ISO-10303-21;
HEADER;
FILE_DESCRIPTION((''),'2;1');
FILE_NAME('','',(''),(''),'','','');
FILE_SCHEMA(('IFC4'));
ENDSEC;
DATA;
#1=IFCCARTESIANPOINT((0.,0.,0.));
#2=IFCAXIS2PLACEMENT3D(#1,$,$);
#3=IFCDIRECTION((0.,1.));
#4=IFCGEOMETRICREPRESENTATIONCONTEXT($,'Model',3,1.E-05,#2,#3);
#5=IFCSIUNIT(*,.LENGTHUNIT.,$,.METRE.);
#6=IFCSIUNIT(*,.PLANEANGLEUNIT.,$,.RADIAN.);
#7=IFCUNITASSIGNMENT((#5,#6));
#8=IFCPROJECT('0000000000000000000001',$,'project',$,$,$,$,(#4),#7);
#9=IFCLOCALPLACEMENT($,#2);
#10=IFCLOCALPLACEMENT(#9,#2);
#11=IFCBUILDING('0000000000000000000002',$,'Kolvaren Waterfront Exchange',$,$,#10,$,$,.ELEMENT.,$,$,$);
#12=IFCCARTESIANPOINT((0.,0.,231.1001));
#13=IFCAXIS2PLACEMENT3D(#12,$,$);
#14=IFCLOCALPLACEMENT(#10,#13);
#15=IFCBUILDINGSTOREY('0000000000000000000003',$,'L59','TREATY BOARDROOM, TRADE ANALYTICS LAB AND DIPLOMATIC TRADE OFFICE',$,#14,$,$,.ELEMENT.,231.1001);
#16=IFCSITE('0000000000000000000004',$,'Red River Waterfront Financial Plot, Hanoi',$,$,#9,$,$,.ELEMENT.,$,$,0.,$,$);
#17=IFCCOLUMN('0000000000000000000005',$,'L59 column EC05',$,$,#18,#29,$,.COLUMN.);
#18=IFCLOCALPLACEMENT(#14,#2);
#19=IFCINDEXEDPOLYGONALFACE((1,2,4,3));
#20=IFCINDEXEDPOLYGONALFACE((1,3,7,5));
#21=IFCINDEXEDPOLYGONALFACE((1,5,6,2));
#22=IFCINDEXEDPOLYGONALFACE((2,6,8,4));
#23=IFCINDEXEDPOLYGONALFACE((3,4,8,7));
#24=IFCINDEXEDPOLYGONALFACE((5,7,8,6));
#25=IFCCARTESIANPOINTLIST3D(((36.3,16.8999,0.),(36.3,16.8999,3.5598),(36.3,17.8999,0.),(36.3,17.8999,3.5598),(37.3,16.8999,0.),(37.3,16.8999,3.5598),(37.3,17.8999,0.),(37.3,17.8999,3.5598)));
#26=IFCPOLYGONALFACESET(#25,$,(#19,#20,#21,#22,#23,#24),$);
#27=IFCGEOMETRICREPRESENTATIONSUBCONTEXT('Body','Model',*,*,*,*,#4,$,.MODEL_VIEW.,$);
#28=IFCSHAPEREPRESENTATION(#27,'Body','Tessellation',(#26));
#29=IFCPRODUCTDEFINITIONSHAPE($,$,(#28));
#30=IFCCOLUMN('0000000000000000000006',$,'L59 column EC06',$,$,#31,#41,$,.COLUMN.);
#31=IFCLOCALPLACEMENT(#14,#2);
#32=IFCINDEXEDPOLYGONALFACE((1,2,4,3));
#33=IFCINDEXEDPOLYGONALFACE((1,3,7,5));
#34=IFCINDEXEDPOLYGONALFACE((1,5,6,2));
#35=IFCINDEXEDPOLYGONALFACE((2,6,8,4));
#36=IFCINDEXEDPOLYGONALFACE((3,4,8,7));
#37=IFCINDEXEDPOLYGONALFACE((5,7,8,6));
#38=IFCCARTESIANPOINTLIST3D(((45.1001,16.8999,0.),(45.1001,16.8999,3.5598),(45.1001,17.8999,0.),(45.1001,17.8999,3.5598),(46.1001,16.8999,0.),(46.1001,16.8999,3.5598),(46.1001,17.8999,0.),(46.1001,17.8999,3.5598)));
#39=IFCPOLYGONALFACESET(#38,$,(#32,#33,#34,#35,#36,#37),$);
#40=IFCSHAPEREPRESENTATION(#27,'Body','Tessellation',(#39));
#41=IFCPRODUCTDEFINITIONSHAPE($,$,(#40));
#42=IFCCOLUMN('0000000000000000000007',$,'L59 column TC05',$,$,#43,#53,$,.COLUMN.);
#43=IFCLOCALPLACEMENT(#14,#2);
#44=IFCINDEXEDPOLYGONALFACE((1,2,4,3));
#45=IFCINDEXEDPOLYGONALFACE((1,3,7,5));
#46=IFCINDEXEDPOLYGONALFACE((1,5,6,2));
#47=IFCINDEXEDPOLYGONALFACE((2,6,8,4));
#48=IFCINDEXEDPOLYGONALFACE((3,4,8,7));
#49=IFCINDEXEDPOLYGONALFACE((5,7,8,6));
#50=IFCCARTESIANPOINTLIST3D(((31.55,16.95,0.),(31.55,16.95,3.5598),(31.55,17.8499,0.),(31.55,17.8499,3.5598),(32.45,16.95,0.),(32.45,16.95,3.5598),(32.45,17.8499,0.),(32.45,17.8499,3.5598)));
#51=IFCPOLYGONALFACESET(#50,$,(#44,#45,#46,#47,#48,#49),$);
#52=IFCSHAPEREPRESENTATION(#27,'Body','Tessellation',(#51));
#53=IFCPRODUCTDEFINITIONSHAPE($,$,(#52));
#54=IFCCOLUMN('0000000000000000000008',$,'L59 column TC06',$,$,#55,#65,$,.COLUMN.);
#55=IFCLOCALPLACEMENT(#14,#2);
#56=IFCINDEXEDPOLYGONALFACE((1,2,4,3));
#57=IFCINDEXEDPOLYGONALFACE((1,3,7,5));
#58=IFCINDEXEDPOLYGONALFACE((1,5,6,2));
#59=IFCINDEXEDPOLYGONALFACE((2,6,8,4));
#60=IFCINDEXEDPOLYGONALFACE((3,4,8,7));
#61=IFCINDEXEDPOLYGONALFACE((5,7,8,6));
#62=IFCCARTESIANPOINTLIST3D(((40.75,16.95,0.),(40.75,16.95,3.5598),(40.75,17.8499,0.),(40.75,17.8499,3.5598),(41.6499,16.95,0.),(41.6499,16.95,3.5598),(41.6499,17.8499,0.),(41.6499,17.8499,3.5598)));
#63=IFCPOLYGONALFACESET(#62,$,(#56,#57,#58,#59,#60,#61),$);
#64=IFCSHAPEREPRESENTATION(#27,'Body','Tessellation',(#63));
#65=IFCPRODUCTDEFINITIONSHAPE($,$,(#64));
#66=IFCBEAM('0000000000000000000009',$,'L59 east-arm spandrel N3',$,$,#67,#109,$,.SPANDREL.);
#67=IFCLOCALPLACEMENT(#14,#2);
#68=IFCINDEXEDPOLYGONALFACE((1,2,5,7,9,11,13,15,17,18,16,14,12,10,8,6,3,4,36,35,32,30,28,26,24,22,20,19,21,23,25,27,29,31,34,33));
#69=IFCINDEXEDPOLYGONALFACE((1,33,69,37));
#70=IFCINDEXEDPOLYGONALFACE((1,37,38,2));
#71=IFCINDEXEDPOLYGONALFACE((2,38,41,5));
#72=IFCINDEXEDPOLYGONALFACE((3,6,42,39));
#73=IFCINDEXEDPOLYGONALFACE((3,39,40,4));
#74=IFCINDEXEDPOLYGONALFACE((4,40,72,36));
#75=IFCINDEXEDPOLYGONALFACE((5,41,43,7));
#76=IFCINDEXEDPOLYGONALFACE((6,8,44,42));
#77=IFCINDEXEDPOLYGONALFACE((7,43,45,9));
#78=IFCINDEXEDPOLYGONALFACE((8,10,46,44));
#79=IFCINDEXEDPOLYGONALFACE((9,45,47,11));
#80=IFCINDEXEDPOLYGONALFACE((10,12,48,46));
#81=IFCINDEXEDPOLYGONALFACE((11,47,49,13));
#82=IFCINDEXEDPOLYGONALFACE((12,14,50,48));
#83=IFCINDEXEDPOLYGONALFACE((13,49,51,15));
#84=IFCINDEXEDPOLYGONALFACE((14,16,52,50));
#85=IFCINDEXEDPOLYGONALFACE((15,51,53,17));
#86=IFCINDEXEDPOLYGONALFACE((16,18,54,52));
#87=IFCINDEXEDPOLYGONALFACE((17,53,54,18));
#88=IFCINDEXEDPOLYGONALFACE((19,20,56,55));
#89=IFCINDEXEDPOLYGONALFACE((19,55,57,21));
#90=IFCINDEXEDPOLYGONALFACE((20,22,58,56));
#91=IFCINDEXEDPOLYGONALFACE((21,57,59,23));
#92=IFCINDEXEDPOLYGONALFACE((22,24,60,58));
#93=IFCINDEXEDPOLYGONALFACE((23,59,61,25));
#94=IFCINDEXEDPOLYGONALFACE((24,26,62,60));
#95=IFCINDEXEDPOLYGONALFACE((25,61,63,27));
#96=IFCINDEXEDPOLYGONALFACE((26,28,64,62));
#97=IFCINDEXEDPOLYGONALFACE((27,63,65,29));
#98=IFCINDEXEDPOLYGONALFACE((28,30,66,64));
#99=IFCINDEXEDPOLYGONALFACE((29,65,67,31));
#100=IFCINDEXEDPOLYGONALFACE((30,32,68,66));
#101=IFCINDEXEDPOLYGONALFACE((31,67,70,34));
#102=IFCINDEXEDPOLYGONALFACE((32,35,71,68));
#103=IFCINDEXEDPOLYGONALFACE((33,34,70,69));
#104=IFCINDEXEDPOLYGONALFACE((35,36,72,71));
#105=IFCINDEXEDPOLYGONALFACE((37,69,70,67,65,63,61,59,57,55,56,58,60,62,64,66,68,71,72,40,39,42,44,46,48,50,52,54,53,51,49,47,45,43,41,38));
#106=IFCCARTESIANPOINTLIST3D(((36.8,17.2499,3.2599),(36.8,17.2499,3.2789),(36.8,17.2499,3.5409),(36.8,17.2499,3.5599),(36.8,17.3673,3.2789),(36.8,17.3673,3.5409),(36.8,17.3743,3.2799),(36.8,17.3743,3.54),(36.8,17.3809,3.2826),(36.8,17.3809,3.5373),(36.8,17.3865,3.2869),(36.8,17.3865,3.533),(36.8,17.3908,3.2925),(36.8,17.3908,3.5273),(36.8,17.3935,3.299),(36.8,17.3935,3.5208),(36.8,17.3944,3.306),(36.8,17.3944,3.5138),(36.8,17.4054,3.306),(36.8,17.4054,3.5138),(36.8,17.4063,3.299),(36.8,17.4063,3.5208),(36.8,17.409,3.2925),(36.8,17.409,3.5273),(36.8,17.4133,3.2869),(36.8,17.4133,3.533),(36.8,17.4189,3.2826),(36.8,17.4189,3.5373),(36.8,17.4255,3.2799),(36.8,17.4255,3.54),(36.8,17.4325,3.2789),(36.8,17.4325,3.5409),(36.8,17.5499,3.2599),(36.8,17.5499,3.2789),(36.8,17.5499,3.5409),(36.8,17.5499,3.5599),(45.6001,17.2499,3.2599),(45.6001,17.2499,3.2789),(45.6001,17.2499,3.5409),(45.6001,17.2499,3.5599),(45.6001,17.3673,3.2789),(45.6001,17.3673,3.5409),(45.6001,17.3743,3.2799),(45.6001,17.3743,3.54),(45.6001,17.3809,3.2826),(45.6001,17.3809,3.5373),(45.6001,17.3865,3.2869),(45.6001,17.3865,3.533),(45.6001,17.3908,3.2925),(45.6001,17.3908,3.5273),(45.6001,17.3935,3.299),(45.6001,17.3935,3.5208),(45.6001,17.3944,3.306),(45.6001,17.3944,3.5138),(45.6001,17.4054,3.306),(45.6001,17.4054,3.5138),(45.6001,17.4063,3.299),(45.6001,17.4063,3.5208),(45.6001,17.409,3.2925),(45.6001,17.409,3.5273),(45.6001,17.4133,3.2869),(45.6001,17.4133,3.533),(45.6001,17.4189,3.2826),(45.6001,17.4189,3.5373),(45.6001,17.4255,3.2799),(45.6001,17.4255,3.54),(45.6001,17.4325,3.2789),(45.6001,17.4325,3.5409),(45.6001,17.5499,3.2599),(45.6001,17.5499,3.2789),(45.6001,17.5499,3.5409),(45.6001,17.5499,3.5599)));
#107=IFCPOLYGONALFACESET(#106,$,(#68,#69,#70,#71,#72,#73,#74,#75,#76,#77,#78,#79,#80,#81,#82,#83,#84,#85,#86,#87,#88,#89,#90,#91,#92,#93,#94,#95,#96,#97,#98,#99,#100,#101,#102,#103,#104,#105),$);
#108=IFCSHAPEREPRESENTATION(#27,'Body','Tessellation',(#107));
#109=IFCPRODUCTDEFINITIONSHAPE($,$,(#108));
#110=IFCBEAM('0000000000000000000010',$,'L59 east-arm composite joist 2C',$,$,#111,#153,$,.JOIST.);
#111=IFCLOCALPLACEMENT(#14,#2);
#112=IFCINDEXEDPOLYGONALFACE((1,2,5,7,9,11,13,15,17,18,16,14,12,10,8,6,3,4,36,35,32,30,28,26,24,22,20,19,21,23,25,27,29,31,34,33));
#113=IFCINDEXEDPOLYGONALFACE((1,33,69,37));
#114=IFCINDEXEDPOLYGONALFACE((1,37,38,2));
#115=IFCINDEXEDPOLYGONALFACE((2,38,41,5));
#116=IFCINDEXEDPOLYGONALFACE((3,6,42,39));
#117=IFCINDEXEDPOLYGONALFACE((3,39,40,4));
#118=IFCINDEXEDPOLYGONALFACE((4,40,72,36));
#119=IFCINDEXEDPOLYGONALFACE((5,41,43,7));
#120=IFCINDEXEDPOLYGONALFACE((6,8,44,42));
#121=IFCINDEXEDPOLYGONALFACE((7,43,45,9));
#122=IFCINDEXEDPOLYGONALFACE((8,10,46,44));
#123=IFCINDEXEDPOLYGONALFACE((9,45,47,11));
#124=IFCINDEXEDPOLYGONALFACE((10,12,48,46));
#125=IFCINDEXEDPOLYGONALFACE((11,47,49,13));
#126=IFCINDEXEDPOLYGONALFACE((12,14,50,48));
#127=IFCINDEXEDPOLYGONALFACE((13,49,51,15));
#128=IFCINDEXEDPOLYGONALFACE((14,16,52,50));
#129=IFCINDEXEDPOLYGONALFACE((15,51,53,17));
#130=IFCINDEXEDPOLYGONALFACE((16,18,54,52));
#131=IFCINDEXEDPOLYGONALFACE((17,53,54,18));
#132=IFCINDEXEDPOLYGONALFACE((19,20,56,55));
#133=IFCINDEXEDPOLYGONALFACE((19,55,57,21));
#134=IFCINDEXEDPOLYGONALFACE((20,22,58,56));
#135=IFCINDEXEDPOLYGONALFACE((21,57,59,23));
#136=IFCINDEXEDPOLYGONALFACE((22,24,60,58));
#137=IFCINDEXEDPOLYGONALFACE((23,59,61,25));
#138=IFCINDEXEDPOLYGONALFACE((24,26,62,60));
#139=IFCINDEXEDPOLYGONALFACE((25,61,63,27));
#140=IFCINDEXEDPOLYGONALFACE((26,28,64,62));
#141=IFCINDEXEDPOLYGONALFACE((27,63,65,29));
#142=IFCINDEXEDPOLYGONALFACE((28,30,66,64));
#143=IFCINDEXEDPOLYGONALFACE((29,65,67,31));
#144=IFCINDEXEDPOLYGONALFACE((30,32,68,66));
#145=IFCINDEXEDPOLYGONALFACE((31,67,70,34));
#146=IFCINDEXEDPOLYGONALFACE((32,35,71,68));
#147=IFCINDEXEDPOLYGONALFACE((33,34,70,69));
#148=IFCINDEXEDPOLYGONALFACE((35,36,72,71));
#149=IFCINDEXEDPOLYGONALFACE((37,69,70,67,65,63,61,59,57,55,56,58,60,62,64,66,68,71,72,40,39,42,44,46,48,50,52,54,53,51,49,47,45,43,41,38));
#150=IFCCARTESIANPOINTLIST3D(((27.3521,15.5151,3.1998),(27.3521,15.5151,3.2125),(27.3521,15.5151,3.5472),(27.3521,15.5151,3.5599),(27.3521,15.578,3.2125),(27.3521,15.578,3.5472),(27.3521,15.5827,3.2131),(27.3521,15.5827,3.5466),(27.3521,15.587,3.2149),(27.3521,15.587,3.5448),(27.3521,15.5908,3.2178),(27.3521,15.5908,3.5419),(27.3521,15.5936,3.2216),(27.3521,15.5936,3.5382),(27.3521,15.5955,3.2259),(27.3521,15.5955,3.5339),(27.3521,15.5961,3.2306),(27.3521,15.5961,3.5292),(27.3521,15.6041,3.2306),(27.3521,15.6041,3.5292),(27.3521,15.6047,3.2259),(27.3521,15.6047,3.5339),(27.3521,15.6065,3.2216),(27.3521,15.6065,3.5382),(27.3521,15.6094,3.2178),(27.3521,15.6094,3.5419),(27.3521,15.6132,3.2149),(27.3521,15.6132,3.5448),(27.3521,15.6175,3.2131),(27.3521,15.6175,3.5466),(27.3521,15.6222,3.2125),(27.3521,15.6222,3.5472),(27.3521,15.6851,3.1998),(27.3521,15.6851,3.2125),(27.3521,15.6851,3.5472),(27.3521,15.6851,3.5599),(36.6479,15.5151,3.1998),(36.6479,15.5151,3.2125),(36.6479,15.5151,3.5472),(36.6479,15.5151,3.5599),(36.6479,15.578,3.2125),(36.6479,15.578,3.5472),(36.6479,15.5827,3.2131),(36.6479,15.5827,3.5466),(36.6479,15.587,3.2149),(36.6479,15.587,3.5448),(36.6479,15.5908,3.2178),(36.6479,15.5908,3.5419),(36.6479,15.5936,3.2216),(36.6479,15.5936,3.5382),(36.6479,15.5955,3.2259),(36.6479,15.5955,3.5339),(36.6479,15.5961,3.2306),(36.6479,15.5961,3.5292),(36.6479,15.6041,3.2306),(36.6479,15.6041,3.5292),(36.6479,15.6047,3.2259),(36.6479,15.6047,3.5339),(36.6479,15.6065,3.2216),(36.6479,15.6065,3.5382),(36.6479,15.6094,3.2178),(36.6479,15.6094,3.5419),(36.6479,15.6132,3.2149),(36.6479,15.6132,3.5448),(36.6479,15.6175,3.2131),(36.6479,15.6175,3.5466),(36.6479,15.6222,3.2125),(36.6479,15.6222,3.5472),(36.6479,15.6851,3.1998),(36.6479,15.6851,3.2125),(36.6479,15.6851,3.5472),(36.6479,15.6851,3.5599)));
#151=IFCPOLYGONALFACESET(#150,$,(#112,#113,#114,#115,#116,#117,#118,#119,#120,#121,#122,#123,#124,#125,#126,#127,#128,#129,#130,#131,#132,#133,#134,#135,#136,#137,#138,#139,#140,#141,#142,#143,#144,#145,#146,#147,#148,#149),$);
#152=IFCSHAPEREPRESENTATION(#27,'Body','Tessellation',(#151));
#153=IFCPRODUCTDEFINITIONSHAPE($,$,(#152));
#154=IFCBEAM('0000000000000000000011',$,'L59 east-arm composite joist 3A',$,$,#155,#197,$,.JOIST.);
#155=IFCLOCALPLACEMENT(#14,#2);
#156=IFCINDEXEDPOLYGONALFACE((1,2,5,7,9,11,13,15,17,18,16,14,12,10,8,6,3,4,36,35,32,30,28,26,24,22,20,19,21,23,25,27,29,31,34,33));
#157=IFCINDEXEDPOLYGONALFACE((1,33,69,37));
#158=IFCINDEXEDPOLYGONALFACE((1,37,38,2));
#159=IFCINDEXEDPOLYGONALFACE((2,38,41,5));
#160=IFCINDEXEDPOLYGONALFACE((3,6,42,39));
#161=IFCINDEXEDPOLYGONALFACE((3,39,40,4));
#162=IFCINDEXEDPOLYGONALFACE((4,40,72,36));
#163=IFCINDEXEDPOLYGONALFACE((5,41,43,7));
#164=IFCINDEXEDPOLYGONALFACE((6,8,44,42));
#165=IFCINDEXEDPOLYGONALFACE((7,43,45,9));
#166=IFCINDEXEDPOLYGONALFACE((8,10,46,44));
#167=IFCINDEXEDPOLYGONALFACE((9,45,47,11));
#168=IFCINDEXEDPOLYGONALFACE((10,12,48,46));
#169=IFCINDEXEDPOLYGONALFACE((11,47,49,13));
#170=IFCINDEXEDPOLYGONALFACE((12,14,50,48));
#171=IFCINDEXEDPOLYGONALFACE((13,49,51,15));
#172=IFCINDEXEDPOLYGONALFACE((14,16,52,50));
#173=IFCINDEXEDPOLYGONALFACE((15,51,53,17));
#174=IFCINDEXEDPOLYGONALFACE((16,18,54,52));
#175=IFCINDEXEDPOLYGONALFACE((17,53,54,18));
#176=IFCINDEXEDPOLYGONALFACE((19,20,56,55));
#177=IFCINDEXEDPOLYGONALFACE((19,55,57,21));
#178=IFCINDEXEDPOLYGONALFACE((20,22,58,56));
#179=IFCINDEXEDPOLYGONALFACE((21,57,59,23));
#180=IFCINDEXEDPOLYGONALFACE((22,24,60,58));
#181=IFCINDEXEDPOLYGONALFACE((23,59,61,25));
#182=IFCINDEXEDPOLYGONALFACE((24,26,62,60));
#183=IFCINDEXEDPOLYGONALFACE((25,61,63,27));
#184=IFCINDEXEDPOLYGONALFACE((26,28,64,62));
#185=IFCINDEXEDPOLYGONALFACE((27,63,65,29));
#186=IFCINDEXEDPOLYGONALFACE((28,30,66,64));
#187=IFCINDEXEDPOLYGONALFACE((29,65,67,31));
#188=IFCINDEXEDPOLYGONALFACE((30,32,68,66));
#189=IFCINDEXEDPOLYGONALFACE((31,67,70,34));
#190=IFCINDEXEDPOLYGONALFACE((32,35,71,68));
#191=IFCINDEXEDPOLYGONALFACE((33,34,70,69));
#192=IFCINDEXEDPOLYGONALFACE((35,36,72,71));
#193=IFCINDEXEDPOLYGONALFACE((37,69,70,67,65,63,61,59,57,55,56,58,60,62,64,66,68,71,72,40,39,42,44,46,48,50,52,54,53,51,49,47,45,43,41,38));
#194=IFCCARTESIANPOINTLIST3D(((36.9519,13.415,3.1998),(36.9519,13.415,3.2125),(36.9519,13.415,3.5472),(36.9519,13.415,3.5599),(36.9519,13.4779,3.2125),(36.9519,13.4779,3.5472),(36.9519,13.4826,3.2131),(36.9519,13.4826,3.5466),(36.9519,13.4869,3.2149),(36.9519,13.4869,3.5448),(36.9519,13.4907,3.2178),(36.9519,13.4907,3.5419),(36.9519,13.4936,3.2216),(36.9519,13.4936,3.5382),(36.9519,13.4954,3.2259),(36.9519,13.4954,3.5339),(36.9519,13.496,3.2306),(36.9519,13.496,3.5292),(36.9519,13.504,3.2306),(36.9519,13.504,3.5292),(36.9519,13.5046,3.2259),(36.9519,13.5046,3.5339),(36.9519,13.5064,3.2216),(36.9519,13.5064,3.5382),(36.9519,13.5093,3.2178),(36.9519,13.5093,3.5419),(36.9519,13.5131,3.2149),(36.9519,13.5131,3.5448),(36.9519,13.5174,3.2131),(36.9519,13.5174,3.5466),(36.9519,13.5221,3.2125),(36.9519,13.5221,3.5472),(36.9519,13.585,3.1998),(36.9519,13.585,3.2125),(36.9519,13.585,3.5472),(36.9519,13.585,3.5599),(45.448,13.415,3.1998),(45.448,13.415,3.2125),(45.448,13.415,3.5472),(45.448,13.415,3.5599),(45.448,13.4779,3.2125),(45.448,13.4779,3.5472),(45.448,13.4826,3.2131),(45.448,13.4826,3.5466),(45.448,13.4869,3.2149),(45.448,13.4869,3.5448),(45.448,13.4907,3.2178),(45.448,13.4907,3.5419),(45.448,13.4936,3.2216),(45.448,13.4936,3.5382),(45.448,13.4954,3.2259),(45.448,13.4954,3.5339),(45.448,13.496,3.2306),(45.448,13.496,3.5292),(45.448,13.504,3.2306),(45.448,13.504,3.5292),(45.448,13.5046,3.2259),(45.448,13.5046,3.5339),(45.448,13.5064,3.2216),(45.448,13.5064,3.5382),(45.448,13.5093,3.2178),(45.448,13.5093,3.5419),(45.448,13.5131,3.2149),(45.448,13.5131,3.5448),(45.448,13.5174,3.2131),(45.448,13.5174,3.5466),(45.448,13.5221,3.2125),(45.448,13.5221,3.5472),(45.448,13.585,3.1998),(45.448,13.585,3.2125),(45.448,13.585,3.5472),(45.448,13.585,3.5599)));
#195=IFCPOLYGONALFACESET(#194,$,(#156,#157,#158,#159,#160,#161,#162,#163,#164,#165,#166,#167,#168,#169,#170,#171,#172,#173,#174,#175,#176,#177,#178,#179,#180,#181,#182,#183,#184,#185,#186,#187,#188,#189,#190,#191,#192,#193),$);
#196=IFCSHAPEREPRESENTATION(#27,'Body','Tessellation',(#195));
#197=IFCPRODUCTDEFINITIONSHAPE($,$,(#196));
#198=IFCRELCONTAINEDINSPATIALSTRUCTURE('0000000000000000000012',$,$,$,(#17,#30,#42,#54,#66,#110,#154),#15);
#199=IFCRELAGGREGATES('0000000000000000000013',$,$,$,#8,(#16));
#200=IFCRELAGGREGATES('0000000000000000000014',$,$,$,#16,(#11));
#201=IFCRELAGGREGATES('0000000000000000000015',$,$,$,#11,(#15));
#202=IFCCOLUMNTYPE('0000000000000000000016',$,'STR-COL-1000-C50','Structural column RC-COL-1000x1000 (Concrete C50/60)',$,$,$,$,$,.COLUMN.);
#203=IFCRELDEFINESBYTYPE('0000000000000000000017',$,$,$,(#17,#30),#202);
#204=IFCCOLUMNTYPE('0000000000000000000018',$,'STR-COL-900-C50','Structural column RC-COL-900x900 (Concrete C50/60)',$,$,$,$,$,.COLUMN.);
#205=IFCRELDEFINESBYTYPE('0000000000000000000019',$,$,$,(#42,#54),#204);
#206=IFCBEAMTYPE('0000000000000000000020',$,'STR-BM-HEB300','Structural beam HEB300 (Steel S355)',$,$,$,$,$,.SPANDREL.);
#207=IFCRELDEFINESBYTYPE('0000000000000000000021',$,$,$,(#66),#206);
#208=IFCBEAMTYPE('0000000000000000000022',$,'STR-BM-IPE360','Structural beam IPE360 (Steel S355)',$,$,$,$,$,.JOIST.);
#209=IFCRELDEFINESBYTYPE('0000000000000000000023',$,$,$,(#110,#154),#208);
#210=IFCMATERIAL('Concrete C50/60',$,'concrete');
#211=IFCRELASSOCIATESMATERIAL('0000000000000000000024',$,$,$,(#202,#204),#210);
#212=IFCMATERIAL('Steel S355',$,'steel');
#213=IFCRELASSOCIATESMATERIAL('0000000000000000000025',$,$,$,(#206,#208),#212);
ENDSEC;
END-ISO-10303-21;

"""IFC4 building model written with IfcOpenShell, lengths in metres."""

from ifc_helpers import new_model, si_unit, direction, frame, origin, origin_2d, place, context, subcontext, project, spatial, rectangle, i_section, extrude, material, material_profile, profile_set, type_object, element, save


model = new_model("IFC4")

# Units and contexts
model_context = context("Model", 3, precision=1e-05, world=origin(), true_north=direction((0.0, 1.0)))
body_context = subcontext(model_context, "Body", "Model", "MODEL_VIEW")
ifc_project = project(units=[si_unit("LENGTHUNIT", "METRE"), si_unit("PLANEANGLEUNIT", "RADIAN")], contexts=[model_context])

# Site, building, storey
site_placement = place(None, origin())
site = spatial("IfcSite", under=ifc_project, at=site_placement, Name="Red River Waterfront Financial Plot, Hanoi", CompositionType="ELEMENT", RefElevation=0.0)
building_placement = place(site_placement, origin())
building = spatial("IfcBuilding", under=site, at=building_placement, Name="Kolvaren Waterfront Exchange", CompositionType="ELEMENT")
storey_placement = place(building_placement, frame((0.0, 0.0, 231.1001)))
storey = spatial("IfcBuildingStorey", under=building, at=storey_placement, Name="L59", Description="TREATY BOARDROOM, TRADE ANALYTICS LAB AND DIPLOMATIC TRADE OFFICE", CompositionType="ELEMENT", Elevation=231.1001)

# Columns
ifc_material_1 = material(Name="Concrete C50/60", Category="concrete")
ifc_material_profile_1 = material_profile(ifc_material_1, rectangle(XDim=1.0, YDim=1.0, at=origin_2d()), Name="RC-COL-1000x1000")
ifc_profile_set_1 = profile_set([ifc_material_profile_1], Name="Concrete C50/60")
column_type_1 = type_object("IfcColumnType", Name="STR-COL-1000-C50", Description="Structural column RC-COL-1000x1000 (Concrete C50/60)", PredefinedType="COLUMN", material=ifc_profile_set_1)
for number, where, z_axis, x_axis, name in (
    (1, (36.8, 17.3999, 0.0), (0.0, 0.0, 1.0), (1.0, 0.0, 0.0), "L59 column EC05"),
    (2, (45.6001, 17.3999, 0.0), (0.0, 0.0, 1.0), (1.0, 0.0, 0.0), "L59 column EC06"),
):
    element("IfcColumn", number, at=place(storey_placement, frame(where, z_axis=z_axis, x_axis=x_axis)), inside=storey, type_object=column_type_1, Name=name, PredefinedType="COLUMN", context=body_context, shape_type="SweptSolid", body=[
        extrude(rectangle(XDim=1.0, YDim=1.0, at=origin_2d()), origin(), (0.0, 0.0, 1.0), 3.5598),
    ])
ifc_material_profile_2 = material_profile(ifc_material_1, rectangle(XDim=0.8999, YDim=0.8999, at=origin_2d()), Name="RC-COL-900x900")
ifc_profile_set_2 = profile_set([ifc_material_profile_2], Name="Concrete C50/60")
column_type_2 = type_object("IfcColumnType", Name="STR-COL-900-C50", Description="Structural column RC-COL-900x900 (Concrete C50/60)", PredefinedType="COLUMN", material=ifc_profile_set_2)
for number, where, z_axis, x_axis, name in (
    (3, (32.0, 17.3999, 0.0), (0.0, 0.0, 1.0), (1.0, 0.0, 0.0), "L59 column TC05"),
    (4, (41.2, 17.3999, 0.0), (0.0, 0.0, 1.0), (1.0, 0.0, 0.0), "L59 column TC06"),
):
    element("IfcColumn", number, at=place(storey_placement, frame(where, z_axis=z_axis, x_axis=x_axis)), inside=storey, type_object=column_type_2, Name=name, PredefinedType="COLUMN", context=body_context, shape_type="SweptSolid", body=[
        extrude(rectangle(XDim=0.8999, YDim=0.8999, at=origin_2d()), origin(), (0.0, 0.0, 1.0), 3.5598),
    ])

# Beams
ifc_material_2 = material(Name="Steel S355", Category="steel")
ifc_material_profile_3 = material_profile(ifc_material_2, i_section(OverallWidth=0.3, OverallDepth=0.3, WebThickness=0.011, FlangeThickness=0.019, FilletRadius=0.0271, at=origin_2d()), Name="HEB300")
ifc_profile_set_3 = profile_set([ifc_material_profile_3], Name="Steel S355")
beam_type_1 = type_object("IfcBeamType", Name="STR-BM-HEB300", Description="Structural beam HEB300 (Steel S355)", PredefinedType="SPANDREL", material=ifc_profile_set_3)
beam_1_placement = place(storey_placement, frame((36.8, 17.3999, 3.4099), z_axis=(1.0, 0.0, 0.0), x_axis=(0.0, 1.0, 0.0)))
element("IfcBeam", 5, at=beam_1_placement, inside=storey, type_object=beam_type_1, Name="L59 east-arm spandrel N3", PredefinedType="SPANDREL", context=body_context, shape_type="SweptSolid", body=[
    extrude(i_section(OverallWidth=0.3, OverallDepth=0.3, WebThickness=0.011, FlangeThickness=0.019, FilletRadius=0.0271, at=origin_2d()), origin(), (0.0, 0.0, 1.0), 8.8),
])
ifc_material_profile_4 = material_profile(ifc_material_2, i_section(OverallWidth=0.1699, OverallDepth=0.3601, WebThickness=0.0081, FlangeThickness=0.0127, FilletRadius=0.0181, at=origin_2d()), Name="IPE360")
ifc_profile_set_4 = profile_set([ifc_material_profile_4], Name="Steel S355")
beam_type_2 = type_object("IfcBeamType", Name="STR-BM-IPE360", Description="Structural beam IPE360 (Steel S355)", PredefinedType="JOIST", material=ifc_profile_set_4)
beam_2_placement = place(storey_placement, frame((27.3521, 15.6001, 3.3799), z_axis=(1.0, 0.0, 0.0), x_axis=(0.0, 1.0, 0.0)))
element("IfcBeam", 6, at=beam_2_placement, inside=storey, type_object=beam_type_2, Name="L59 east-arm composite joist 2C", PredefinedType="JOIST", context=body_context, shape_type="SweptSolid", body=[
    extrude(i_section(OverallWidth=0.1699, OverallDepth=0.3601, WebThickness=0.0081, FlangeThickness=0.0127, FilletRadius=0.0181, at=origin_2d()), origin(), (0.0, 0.0, 1.0), 9.2959),
])
for number, where, z_axis, x_axis, name in (
    (7, (36.9519, 13.5, 3.3799), (1.0, 0.0, 0.0), (0.0, 1.0, 0.0), "L59 east-arm composite joist 3A"),
):
    element("IfcBeam", number, at=place(storey_placement, frame(where, z_axis=z_axis, x_axis=x_axis)), inside=storey, type_object=beam_type_2, Name=name, PredefinedType="JOIST", context=body_context, shape_type="SweptSolid", body=[
        extrude(i_section(OverallWidth=0.1699, OverallDepth=0.3601, WebThickness=0.0081, FlangeThickness=0.0127, FilletRadius=0.0181, at=origin_2d()), origin(), (0.0, 0.0, 1.0), 8.4961),
    ])

save(model, "model.ifc")
